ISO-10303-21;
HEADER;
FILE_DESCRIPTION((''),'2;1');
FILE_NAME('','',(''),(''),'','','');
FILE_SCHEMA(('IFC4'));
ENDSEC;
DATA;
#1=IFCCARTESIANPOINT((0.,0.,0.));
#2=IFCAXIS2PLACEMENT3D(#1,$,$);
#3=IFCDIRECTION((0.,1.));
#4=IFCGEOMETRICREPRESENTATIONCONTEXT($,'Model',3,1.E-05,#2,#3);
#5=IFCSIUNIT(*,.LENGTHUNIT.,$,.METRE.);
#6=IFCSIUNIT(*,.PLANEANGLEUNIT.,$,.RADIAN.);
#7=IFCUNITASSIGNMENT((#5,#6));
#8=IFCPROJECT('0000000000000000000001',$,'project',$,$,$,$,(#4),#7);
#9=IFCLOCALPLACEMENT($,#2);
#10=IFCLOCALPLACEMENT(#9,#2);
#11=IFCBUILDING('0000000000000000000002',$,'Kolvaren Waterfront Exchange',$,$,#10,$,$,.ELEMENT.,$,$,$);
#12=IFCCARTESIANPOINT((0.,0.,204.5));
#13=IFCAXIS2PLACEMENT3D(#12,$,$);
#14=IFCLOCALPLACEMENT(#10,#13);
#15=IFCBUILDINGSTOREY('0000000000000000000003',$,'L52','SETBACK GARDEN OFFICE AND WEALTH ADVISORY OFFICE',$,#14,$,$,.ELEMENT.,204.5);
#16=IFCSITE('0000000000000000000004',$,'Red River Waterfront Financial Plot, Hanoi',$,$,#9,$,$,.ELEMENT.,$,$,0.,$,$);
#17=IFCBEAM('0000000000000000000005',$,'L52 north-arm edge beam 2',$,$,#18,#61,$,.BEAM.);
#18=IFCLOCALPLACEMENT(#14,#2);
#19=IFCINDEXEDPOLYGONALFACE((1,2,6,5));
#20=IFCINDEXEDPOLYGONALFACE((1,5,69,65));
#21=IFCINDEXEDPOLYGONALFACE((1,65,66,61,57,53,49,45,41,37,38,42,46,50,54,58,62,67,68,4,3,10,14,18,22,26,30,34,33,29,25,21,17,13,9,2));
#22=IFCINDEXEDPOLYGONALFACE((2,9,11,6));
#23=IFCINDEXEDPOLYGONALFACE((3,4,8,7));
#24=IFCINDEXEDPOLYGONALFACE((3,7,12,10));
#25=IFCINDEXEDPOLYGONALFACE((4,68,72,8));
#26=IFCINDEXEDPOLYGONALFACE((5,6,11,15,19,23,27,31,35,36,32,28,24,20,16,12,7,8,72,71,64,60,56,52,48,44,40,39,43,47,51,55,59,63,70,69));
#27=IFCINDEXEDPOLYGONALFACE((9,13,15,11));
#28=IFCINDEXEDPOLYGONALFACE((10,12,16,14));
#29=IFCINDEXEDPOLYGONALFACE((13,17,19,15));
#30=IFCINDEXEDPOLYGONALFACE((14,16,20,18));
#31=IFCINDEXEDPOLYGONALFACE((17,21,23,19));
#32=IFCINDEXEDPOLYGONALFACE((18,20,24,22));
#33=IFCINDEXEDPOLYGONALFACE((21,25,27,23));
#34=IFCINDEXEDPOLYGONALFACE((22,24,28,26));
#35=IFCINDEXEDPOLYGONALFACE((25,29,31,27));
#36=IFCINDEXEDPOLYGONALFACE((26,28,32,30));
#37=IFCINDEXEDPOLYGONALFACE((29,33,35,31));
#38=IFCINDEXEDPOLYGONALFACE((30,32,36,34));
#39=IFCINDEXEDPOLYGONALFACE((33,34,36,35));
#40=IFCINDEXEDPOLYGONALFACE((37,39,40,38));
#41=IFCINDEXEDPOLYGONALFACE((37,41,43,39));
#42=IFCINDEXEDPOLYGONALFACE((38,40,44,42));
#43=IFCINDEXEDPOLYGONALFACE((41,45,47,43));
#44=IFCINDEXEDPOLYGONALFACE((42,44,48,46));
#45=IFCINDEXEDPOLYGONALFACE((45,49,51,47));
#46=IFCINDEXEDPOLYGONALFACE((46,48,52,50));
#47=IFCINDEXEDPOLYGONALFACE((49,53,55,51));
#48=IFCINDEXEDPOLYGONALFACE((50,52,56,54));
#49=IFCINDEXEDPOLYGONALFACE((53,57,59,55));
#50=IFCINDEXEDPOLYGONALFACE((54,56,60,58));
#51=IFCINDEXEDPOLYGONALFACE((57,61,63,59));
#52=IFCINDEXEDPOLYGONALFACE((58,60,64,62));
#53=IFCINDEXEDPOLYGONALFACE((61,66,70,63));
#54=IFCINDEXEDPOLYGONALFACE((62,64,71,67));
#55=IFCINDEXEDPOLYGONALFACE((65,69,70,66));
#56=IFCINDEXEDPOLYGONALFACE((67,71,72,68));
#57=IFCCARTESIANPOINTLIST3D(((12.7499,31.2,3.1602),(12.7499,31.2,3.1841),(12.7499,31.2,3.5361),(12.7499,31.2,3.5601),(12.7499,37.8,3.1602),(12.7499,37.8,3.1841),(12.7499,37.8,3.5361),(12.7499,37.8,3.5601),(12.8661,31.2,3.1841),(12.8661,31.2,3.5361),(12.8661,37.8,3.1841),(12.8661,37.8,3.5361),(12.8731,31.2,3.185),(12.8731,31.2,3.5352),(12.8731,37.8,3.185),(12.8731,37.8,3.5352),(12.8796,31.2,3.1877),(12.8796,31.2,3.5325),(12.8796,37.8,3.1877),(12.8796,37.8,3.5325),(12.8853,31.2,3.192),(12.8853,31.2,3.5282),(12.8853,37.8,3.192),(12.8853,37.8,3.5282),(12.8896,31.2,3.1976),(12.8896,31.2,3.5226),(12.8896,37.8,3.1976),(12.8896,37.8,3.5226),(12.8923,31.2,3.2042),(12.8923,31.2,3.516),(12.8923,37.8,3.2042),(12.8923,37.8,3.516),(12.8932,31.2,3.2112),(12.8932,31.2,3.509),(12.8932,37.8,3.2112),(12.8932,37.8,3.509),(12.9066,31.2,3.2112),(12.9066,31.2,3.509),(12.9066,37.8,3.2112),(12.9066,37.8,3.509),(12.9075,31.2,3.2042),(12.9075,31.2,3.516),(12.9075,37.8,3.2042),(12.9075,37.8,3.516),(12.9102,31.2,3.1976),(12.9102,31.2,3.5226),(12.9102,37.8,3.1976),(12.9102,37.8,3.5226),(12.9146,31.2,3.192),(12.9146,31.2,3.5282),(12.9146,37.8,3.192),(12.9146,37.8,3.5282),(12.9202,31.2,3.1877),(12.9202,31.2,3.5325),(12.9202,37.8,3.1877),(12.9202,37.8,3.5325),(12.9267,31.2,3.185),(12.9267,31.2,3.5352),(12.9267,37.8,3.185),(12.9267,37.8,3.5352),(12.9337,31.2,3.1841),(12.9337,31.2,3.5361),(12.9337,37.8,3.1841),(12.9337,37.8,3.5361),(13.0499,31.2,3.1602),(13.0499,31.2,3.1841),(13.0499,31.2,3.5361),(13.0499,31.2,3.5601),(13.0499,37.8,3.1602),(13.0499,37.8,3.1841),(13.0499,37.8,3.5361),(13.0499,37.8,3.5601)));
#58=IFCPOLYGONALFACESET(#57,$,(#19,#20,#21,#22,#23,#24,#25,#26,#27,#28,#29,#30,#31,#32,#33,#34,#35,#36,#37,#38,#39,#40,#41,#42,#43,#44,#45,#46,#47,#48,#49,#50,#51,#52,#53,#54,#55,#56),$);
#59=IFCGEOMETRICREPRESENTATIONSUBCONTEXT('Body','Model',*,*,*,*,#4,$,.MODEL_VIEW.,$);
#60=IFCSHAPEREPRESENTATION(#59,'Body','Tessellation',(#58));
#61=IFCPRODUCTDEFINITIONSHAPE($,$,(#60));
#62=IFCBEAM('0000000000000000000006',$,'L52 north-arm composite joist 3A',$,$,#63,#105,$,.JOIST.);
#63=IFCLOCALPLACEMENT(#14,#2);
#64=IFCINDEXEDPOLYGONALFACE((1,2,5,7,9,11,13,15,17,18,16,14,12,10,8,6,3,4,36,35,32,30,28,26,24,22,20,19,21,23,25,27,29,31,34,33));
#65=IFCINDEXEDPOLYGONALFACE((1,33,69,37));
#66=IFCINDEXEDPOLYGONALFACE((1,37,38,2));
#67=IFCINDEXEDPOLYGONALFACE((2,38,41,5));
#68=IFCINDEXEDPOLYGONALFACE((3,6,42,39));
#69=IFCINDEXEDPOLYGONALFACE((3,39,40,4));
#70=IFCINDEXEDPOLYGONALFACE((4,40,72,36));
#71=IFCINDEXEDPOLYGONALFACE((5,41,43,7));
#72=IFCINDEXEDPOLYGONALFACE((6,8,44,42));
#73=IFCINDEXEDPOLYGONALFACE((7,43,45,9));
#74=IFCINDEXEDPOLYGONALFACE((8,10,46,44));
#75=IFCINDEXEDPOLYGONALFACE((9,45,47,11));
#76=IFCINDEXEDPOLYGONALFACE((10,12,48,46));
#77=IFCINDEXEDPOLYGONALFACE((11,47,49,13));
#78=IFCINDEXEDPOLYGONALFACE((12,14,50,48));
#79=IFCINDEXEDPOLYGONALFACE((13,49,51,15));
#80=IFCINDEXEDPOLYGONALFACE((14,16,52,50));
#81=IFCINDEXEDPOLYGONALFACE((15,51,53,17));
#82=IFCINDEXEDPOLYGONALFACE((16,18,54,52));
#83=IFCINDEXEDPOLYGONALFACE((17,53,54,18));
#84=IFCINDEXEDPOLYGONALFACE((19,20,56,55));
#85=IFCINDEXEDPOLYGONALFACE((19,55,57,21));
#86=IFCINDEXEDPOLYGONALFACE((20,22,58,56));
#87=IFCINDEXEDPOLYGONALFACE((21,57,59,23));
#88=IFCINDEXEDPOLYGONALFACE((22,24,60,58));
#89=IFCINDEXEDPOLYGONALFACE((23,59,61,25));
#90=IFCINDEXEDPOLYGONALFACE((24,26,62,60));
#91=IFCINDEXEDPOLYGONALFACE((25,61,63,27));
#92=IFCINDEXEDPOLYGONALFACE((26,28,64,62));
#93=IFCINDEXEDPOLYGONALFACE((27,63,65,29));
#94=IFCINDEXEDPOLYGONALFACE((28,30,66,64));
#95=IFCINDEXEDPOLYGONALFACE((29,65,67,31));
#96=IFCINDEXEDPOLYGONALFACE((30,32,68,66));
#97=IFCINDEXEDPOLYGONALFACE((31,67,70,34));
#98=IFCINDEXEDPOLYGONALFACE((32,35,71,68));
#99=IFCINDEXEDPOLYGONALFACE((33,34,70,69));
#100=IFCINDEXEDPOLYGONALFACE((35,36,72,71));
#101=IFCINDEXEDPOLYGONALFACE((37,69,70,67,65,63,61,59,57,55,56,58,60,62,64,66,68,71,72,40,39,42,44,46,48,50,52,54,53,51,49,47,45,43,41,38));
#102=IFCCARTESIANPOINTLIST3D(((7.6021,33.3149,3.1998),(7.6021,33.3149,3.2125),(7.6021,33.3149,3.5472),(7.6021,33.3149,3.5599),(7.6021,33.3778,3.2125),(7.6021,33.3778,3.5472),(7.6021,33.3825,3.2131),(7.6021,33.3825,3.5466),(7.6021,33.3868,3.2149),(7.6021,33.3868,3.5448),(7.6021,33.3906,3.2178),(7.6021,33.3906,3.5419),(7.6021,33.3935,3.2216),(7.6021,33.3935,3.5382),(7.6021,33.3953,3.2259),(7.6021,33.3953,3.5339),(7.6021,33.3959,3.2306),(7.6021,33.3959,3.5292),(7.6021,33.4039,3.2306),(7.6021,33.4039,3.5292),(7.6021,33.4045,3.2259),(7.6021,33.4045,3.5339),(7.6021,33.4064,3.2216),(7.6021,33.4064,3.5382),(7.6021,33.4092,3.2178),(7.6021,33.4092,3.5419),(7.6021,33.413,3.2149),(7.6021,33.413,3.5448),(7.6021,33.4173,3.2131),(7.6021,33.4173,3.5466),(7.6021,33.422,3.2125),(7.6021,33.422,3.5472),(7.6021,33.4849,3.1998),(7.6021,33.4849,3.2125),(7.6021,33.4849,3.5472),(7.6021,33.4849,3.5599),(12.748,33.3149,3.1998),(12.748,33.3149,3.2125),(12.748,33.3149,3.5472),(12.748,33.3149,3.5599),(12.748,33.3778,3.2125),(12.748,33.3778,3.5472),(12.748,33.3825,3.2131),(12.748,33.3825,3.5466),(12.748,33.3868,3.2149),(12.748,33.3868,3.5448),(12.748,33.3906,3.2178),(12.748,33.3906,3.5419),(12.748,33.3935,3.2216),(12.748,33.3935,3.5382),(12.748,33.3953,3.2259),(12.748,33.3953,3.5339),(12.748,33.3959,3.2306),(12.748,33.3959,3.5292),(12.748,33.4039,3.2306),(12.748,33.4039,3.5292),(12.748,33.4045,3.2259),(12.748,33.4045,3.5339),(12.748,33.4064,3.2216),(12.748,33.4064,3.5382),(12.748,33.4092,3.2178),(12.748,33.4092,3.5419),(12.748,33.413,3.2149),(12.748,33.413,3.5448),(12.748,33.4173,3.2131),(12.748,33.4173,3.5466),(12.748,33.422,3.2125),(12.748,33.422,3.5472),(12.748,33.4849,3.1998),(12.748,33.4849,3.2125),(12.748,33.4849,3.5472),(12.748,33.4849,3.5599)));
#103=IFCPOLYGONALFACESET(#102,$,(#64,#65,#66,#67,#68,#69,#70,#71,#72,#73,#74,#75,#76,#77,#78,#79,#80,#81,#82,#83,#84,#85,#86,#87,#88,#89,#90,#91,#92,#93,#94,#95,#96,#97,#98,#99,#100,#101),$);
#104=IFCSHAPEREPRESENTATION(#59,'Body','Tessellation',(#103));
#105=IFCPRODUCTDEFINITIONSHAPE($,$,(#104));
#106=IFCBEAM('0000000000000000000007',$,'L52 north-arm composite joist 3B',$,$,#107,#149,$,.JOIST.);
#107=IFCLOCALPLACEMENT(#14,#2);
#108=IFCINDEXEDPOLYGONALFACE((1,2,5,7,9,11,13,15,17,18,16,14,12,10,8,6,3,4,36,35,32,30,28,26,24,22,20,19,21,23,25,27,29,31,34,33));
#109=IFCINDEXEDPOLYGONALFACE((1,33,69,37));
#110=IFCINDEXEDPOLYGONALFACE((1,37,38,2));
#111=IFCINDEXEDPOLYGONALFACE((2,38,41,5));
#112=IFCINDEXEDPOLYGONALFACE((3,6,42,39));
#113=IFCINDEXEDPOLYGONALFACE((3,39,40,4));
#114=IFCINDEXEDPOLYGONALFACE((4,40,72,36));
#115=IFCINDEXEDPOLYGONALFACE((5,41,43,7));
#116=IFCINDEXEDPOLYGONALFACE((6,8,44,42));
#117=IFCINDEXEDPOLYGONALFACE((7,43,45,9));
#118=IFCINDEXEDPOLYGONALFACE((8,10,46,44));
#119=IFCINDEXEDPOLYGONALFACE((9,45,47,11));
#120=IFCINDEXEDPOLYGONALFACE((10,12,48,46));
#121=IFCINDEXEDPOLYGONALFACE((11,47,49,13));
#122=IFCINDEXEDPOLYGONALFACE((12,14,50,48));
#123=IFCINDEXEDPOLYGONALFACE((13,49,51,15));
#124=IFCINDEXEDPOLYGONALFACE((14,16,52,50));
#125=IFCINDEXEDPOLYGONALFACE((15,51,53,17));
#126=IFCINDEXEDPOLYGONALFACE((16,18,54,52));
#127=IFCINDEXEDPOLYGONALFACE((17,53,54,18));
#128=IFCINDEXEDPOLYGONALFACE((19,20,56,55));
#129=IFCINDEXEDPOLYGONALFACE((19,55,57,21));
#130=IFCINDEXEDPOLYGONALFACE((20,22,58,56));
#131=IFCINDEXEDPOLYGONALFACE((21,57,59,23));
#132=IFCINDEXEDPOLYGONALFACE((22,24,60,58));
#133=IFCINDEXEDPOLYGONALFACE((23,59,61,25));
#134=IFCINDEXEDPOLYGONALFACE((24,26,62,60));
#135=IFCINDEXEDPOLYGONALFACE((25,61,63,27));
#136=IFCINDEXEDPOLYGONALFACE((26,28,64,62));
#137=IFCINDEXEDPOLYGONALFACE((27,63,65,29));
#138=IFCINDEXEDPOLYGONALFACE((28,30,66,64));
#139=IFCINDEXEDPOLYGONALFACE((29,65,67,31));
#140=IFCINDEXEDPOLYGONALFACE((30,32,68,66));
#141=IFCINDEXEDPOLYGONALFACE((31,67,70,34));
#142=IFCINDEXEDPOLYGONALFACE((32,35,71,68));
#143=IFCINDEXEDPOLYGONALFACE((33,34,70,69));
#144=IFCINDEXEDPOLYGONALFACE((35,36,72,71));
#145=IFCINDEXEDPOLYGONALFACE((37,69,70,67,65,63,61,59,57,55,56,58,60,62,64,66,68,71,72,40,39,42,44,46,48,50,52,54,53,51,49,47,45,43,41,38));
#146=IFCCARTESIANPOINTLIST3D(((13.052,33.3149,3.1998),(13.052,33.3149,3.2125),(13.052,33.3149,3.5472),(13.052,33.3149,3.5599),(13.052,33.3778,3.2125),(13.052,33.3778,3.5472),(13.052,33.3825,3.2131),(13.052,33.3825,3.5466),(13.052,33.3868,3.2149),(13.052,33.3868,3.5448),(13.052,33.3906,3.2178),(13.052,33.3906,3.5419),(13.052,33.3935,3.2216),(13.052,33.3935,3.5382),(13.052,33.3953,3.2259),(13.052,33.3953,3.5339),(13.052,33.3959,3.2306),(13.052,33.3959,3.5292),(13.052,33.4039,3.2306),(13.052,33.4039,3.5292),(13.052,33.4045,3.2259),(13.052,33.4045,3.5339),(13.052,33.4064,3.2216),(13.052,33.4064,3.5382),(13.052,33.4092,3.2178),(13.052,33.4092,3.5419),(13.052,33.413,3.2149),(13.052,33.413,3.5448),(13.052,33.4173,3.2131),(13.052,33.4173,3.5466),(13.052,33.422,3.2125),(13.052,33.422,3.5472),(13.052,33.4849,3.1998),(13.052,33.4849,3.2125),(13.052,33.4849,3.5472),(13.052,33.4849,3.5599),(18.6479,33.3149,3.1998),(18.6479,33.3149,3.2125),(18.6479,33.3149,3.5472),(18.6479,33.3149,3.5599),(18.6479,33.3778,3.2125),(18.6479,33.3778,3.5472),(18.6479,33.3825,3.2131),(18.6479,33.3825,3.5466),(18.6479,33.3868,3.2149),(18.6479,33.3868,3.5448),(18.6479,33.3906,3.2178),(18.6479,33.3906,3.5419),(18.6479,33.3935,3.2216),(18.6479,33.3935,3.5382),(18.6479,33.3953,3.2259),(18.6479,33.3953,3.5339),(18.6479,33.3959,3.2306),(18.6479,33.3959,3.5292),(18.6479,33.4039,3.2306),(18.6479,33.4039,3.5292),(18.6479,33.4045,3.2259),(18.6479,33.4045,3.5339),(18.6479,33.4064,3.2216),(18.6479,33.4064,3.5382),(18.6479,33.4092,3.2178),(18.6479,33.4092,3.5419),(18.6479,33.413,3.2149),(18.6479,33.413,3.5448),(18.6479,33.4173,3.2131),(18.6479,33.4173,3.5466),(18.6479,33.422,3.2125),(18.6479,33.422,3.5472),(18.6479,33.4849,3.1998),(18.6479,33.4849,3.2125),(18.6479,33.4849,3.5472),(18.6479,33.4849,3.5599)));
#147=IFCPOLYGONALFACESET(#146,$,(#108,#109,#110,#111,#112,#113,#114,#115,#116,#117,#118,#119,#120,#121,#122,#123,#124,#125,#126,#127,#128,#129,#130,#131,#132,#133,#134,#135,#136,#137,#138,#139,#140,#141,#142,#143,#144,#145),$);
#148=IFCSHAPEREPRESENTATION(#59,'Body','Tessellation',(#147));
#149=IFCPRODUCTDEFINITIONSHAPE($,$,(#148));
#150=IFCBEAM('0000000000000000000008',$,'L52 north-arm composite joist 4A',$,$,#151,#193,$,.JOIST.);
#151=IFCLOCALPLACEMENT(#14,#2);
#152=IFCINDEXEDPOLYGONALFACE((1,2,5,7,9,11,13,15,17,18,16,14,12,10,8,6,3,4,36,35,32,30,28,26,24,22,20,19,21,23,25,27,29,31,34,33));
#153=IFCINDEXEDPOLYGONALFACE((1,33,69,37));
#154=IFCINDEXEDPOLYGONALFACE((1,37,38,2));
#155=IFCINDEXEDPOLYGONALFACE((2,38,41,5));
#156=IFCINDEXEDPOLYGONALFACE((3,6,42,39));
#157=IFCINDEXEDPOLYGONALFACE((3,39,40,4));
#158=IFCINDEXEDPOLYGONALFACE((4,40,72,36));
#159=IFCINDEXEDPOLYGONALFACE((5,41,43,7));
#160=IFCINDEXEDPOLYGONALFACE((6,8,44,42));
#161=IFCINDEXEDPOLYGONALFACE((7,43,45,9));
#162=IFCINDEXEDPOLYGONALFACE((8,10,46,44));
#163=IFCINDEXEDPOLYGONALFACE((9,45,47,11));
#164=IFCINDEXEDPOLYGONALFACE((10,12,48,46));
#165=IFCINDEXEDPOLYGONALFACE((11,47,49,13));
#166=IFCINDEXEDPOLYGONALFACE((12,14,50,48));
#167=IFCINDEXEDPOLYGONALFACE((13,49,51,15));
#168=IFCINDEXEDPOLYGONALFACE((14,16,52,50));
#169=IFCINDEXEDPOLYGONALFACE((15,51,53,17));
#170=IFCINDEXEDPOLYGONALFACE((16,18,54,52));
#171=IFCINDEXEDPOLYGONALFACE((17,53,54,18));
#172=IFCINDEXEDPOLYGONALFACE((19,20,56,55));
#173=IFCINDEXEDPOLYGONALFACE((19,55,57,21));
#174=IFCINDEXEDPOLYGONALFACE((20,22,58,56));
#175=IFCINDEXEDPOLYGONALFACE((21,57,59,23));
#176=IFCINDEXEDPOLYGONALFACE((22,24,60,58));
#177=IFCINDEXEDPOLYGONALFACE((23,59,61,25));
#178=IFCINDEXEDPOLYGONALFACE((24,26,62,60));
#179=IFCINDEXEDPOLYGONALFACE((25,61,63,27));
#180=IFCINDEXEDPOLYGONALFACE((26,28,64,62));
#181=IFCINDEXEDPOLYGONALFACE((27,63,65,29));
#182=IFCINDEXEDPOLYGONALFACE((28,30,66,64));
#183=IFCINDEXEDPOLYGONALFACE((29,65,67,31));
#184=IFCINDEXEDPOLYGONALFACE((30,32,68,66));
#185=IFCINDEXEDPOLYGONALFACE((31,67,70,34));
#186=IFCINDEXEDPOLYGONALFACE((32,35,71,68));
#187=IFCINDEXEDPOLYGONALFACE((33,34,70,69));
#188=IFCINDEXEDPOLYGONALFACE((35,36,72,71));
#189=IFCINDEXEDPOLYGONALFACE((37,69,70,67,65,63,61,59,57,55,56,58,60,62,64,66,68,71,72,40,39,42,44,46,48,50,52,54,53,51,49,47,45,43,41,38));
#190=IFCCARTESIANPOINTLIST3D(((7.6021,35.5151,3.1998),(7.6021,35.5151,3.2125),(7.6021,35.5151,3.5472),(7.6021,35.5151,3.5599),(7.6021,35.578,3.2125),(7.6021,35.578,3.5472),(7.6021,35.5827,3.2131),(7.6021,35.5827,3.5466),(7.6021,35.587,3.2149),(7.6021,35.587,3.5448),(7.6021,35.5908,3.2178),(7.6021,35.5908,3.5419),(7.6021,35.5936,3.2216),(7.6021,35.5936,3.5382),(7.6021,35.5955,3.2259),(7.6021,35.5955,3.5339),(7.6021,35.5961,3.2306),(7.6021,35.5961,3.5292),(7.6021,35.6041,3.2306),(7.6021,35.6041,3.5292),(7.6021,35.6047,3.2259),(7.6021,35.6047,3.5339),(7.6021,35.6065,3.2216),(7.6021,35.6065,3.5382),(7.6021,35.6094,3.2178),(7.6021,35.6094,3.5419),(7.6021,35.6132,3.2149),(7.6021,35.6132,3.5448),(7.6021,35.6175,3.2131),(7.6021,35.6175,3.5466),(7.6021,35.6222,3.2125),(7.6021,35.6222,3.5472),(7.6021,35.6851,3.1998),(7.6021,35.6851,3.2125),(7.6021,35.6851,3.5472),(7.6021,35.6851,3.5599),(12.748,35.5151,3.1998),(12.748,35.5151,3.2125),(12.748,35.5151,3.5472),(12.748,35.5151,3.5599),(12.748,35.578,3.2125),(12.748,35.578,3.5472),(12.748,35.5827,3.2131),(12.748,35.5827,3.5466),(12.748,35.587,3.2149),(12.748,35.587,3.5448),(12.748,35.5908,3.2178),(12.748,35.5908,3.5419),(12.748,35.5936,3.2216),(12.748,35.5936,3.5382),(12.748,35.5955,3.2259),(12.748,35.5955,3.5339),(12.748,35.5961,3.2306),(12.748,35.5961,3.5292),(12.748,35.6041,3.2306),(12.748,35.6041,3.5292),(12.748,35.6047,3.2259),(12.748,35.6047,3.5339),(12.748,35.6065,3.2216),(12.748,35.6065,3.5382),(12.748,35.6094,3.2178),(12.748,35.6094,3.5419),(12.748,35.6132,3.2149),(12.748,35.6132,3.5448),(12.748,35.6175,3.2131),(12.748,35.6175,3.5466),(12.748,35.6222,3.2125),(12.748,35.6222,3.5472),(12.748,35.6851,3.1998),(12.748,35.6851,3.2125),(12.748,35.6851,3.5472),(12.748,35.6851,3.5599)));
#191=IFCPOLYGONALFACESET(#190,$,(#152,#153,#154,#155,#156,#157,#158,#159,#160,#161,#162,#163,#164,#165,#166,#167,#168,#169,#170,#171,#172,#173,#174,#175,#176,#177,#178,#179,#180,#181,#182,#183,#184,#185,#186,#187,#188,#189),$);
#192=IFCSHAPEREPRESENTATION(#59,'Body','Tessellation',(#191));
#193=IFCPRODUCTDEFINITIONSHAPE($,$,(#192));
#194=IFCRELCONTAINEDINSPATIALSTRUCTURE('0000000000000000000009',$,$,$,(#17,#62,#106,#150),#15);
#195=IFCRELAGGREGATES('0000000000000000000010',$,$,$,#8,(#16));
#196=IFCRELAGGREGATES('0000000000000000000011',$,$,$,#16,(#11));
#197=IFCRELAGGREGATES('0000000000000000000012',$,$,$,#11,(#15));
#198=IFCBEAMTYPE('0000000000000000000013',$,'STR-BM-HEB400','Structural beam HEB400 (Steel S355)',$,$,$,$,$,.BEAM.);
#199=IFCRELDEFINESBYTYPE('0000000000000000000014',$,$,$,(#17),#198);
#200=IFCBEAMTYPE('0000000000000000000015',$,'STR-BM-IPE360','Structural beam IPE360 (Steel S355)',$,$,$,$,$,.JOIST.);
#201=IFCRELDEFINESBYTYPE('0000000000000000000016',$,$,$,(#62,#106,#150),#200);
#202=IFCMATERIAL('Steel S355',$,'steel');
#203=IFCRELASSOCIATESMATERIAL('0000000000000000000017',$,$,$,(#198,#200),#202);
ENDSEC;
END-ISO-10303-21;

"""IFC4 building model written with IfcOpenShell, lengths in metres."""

from ifc_helpers import new_model, si_unit, direction, frame, origin, origin_2d, place, context, subcontext, project, spatial, i_section, extrude, material, material_profile, profile_set, type_object, element, save


model = new_model("IFC4")

# Units and contexts
model_context = context("Model", 3, precision=1e-05, world=origin(), true_north=direction((0.0, 1.0)))
body_context = subcontext(model_context, "Body", "Model", "MODEL_VIEW")
ifc_project = project(units=[si_unit("LENGTHUNIT", "METRE"), si_unit("PLANEANGLEUNIT", "RADIAN")], contexts=[model_context])

# Site, building, storey
site_placement = place(None, origin())
site = spatial("IfcSite", under=ifc_project, at=site_placement, Name="Red River Waterfront Financial Plot, Hanoi", CompositionType="ELEMENT", RefElevation=0.0)
building_placement = place(site_placement, origin())
building = spatial("IfcBuilding", under=site, at=building_placement, Name="Kolvaren Waterfront Exchange", CompositionType="ELEMENT")
storey_placement = place(building_placement, frame((0.0, 0.0, 204.5)))
storey = spatial("IfcBuildingStorey", under=building, at=storey_placement, Name="L52", Description="SETBACK GARDEN OFFICE AND WEALTH ADVISORY OFFICE", CompositionType="ELEMENT", Elevation=204.5)

# Beams
ifc_material_1 = material(Name="Steel S355", Category="steel")
ifc_material_profile_1 = material_profile(ifc_material_1, i_section(OverallWidth=0.3, OverallDepth=0.3999, WebThickness=0.0134, FlangeThickness=0.0239, FilletRadius=0.0271, at=origin_2d()), Name="HEB400")
ifc_profile_set_1 = profile_set([ifc_material_profile_1], Name="Steel S355")
beam_type_1 = type_object("IfcBeamType", Name="STR-BM-HEB400", Description="Structural beam HEB400 (Steel S355)", PredefinedType="BEAM", material=ifc_profile_set_1)
beam_1_placement = place(storey_placement, frame((12.8999, 31.2, 3.3601), z_axis=(0.0, 1.0, 0.0), x_axis=(-1.0, 0.0, 0.0)))
element("IfcBeam", 1, at=beam_1_placement, inside=storey, type_object=beam_type_1, Name="L52 north-arm edge beam 2", PredefinedType="BEAM", context=body_context, shape_type="SweptSolid", body=[
    extrude(i_section(OverallWidth=0.3, OverallDepth=0.3999, WebThickness=0.0134, FlangeThickness=0.0239, FilletRadius=0.0271, at=origin_2d()), origin(), (0.0, 0.0, 1.0), 6.6001),
])
ifc_material_profile_2 = material_profile(ifc_material_1, i_section(OverallWidth=0.1699, OverallDepth=0.3601, WebThickness=0.0081, FlangeThickness=0.0127, FilletRadius=0.0181, at=origin_2d()), Name="IPE360")
ifc_profile_set_2 = profile_set([ifc_material_profile_2], Name="Steel S355")
beam_type_2 = type_object("IfcBeamType", Name="STR-BM-IPE360", Description="Structural beam IPE360 (Steel S355)", PredefinedType="JOIST", material=ifc_profile_set_2)
beam_2_placement = place(storey_placement, frame((7.6021, 33.3999, 3.3799), z_axis=(1.0, 0.0, 0.0), x_axis=(0.0, 1.0, 0.0)))
element("IfcBeam", 2, at=beam_2_placement, inside=storey, type_object=beam_type_2, Name="L52 north-arm composite joist 3A", PredefinedType="JOIST", context=body_context, shape_type="SweptSolid", body=[
    extrude(i_section(OverallWidth=0.1699, OverallDepth=0.3601, WebThickness=0.0081, FlangeThickness=0.0127, FilletRadius=0.0181, at=origin_2d()), origin(), (0.0, 0.0, 1.0), 5.146),
])
beam_3_placement = place(storey_placement, frame((13.052, 33.3999, 3.3799), z_axis=(1.0, 0.0, 0.0), x_axis=(0.0, 1.0, 0.0)))
element("IfcBeam", 3, at=beam_3_placement, inside=storey, type_object=beam_type_2, Name="L52 north-arm composite joist 3B", PredefinedType="JOIST", context=body_context, shape_type="SweptSolid", body=[
    extrude(i_section(OverallWidth=0.1699, OverallDepth=0.3601, WebThickness=0.0081, FlangeThickness=0.0127, FilletRadius=0.0181, at=origin_2d()), origin(), (0.0, 0.0, 1.0), 5.5959),
])
beam_4_placement = place(storey_placement, frame((7.6021, 35.6001, 3.3799), z_axis=(1.0, 0.0, 0.0), x_axis=(0.0, 1.0, 0.0)))
element("IfcBeam", 4, at=beam_4_placement, inside=storey, type_object=beam_type_2, Name="L52 north-arm composite joist 4A", PredefinedType="JOIST", context=body_context, shape_type="SweptSolid", body=[
    extrude(i_section(OverallWidth=0.1699, OverallDepth=0.3601, WebThickness=0.0081, FlangeThickness=0.0127, FilletRadius=0.0181, at=origin_2d()), origin(), (0.0, 0.0, 1.0), 5.146),
])

save(model, "model.ifc")
